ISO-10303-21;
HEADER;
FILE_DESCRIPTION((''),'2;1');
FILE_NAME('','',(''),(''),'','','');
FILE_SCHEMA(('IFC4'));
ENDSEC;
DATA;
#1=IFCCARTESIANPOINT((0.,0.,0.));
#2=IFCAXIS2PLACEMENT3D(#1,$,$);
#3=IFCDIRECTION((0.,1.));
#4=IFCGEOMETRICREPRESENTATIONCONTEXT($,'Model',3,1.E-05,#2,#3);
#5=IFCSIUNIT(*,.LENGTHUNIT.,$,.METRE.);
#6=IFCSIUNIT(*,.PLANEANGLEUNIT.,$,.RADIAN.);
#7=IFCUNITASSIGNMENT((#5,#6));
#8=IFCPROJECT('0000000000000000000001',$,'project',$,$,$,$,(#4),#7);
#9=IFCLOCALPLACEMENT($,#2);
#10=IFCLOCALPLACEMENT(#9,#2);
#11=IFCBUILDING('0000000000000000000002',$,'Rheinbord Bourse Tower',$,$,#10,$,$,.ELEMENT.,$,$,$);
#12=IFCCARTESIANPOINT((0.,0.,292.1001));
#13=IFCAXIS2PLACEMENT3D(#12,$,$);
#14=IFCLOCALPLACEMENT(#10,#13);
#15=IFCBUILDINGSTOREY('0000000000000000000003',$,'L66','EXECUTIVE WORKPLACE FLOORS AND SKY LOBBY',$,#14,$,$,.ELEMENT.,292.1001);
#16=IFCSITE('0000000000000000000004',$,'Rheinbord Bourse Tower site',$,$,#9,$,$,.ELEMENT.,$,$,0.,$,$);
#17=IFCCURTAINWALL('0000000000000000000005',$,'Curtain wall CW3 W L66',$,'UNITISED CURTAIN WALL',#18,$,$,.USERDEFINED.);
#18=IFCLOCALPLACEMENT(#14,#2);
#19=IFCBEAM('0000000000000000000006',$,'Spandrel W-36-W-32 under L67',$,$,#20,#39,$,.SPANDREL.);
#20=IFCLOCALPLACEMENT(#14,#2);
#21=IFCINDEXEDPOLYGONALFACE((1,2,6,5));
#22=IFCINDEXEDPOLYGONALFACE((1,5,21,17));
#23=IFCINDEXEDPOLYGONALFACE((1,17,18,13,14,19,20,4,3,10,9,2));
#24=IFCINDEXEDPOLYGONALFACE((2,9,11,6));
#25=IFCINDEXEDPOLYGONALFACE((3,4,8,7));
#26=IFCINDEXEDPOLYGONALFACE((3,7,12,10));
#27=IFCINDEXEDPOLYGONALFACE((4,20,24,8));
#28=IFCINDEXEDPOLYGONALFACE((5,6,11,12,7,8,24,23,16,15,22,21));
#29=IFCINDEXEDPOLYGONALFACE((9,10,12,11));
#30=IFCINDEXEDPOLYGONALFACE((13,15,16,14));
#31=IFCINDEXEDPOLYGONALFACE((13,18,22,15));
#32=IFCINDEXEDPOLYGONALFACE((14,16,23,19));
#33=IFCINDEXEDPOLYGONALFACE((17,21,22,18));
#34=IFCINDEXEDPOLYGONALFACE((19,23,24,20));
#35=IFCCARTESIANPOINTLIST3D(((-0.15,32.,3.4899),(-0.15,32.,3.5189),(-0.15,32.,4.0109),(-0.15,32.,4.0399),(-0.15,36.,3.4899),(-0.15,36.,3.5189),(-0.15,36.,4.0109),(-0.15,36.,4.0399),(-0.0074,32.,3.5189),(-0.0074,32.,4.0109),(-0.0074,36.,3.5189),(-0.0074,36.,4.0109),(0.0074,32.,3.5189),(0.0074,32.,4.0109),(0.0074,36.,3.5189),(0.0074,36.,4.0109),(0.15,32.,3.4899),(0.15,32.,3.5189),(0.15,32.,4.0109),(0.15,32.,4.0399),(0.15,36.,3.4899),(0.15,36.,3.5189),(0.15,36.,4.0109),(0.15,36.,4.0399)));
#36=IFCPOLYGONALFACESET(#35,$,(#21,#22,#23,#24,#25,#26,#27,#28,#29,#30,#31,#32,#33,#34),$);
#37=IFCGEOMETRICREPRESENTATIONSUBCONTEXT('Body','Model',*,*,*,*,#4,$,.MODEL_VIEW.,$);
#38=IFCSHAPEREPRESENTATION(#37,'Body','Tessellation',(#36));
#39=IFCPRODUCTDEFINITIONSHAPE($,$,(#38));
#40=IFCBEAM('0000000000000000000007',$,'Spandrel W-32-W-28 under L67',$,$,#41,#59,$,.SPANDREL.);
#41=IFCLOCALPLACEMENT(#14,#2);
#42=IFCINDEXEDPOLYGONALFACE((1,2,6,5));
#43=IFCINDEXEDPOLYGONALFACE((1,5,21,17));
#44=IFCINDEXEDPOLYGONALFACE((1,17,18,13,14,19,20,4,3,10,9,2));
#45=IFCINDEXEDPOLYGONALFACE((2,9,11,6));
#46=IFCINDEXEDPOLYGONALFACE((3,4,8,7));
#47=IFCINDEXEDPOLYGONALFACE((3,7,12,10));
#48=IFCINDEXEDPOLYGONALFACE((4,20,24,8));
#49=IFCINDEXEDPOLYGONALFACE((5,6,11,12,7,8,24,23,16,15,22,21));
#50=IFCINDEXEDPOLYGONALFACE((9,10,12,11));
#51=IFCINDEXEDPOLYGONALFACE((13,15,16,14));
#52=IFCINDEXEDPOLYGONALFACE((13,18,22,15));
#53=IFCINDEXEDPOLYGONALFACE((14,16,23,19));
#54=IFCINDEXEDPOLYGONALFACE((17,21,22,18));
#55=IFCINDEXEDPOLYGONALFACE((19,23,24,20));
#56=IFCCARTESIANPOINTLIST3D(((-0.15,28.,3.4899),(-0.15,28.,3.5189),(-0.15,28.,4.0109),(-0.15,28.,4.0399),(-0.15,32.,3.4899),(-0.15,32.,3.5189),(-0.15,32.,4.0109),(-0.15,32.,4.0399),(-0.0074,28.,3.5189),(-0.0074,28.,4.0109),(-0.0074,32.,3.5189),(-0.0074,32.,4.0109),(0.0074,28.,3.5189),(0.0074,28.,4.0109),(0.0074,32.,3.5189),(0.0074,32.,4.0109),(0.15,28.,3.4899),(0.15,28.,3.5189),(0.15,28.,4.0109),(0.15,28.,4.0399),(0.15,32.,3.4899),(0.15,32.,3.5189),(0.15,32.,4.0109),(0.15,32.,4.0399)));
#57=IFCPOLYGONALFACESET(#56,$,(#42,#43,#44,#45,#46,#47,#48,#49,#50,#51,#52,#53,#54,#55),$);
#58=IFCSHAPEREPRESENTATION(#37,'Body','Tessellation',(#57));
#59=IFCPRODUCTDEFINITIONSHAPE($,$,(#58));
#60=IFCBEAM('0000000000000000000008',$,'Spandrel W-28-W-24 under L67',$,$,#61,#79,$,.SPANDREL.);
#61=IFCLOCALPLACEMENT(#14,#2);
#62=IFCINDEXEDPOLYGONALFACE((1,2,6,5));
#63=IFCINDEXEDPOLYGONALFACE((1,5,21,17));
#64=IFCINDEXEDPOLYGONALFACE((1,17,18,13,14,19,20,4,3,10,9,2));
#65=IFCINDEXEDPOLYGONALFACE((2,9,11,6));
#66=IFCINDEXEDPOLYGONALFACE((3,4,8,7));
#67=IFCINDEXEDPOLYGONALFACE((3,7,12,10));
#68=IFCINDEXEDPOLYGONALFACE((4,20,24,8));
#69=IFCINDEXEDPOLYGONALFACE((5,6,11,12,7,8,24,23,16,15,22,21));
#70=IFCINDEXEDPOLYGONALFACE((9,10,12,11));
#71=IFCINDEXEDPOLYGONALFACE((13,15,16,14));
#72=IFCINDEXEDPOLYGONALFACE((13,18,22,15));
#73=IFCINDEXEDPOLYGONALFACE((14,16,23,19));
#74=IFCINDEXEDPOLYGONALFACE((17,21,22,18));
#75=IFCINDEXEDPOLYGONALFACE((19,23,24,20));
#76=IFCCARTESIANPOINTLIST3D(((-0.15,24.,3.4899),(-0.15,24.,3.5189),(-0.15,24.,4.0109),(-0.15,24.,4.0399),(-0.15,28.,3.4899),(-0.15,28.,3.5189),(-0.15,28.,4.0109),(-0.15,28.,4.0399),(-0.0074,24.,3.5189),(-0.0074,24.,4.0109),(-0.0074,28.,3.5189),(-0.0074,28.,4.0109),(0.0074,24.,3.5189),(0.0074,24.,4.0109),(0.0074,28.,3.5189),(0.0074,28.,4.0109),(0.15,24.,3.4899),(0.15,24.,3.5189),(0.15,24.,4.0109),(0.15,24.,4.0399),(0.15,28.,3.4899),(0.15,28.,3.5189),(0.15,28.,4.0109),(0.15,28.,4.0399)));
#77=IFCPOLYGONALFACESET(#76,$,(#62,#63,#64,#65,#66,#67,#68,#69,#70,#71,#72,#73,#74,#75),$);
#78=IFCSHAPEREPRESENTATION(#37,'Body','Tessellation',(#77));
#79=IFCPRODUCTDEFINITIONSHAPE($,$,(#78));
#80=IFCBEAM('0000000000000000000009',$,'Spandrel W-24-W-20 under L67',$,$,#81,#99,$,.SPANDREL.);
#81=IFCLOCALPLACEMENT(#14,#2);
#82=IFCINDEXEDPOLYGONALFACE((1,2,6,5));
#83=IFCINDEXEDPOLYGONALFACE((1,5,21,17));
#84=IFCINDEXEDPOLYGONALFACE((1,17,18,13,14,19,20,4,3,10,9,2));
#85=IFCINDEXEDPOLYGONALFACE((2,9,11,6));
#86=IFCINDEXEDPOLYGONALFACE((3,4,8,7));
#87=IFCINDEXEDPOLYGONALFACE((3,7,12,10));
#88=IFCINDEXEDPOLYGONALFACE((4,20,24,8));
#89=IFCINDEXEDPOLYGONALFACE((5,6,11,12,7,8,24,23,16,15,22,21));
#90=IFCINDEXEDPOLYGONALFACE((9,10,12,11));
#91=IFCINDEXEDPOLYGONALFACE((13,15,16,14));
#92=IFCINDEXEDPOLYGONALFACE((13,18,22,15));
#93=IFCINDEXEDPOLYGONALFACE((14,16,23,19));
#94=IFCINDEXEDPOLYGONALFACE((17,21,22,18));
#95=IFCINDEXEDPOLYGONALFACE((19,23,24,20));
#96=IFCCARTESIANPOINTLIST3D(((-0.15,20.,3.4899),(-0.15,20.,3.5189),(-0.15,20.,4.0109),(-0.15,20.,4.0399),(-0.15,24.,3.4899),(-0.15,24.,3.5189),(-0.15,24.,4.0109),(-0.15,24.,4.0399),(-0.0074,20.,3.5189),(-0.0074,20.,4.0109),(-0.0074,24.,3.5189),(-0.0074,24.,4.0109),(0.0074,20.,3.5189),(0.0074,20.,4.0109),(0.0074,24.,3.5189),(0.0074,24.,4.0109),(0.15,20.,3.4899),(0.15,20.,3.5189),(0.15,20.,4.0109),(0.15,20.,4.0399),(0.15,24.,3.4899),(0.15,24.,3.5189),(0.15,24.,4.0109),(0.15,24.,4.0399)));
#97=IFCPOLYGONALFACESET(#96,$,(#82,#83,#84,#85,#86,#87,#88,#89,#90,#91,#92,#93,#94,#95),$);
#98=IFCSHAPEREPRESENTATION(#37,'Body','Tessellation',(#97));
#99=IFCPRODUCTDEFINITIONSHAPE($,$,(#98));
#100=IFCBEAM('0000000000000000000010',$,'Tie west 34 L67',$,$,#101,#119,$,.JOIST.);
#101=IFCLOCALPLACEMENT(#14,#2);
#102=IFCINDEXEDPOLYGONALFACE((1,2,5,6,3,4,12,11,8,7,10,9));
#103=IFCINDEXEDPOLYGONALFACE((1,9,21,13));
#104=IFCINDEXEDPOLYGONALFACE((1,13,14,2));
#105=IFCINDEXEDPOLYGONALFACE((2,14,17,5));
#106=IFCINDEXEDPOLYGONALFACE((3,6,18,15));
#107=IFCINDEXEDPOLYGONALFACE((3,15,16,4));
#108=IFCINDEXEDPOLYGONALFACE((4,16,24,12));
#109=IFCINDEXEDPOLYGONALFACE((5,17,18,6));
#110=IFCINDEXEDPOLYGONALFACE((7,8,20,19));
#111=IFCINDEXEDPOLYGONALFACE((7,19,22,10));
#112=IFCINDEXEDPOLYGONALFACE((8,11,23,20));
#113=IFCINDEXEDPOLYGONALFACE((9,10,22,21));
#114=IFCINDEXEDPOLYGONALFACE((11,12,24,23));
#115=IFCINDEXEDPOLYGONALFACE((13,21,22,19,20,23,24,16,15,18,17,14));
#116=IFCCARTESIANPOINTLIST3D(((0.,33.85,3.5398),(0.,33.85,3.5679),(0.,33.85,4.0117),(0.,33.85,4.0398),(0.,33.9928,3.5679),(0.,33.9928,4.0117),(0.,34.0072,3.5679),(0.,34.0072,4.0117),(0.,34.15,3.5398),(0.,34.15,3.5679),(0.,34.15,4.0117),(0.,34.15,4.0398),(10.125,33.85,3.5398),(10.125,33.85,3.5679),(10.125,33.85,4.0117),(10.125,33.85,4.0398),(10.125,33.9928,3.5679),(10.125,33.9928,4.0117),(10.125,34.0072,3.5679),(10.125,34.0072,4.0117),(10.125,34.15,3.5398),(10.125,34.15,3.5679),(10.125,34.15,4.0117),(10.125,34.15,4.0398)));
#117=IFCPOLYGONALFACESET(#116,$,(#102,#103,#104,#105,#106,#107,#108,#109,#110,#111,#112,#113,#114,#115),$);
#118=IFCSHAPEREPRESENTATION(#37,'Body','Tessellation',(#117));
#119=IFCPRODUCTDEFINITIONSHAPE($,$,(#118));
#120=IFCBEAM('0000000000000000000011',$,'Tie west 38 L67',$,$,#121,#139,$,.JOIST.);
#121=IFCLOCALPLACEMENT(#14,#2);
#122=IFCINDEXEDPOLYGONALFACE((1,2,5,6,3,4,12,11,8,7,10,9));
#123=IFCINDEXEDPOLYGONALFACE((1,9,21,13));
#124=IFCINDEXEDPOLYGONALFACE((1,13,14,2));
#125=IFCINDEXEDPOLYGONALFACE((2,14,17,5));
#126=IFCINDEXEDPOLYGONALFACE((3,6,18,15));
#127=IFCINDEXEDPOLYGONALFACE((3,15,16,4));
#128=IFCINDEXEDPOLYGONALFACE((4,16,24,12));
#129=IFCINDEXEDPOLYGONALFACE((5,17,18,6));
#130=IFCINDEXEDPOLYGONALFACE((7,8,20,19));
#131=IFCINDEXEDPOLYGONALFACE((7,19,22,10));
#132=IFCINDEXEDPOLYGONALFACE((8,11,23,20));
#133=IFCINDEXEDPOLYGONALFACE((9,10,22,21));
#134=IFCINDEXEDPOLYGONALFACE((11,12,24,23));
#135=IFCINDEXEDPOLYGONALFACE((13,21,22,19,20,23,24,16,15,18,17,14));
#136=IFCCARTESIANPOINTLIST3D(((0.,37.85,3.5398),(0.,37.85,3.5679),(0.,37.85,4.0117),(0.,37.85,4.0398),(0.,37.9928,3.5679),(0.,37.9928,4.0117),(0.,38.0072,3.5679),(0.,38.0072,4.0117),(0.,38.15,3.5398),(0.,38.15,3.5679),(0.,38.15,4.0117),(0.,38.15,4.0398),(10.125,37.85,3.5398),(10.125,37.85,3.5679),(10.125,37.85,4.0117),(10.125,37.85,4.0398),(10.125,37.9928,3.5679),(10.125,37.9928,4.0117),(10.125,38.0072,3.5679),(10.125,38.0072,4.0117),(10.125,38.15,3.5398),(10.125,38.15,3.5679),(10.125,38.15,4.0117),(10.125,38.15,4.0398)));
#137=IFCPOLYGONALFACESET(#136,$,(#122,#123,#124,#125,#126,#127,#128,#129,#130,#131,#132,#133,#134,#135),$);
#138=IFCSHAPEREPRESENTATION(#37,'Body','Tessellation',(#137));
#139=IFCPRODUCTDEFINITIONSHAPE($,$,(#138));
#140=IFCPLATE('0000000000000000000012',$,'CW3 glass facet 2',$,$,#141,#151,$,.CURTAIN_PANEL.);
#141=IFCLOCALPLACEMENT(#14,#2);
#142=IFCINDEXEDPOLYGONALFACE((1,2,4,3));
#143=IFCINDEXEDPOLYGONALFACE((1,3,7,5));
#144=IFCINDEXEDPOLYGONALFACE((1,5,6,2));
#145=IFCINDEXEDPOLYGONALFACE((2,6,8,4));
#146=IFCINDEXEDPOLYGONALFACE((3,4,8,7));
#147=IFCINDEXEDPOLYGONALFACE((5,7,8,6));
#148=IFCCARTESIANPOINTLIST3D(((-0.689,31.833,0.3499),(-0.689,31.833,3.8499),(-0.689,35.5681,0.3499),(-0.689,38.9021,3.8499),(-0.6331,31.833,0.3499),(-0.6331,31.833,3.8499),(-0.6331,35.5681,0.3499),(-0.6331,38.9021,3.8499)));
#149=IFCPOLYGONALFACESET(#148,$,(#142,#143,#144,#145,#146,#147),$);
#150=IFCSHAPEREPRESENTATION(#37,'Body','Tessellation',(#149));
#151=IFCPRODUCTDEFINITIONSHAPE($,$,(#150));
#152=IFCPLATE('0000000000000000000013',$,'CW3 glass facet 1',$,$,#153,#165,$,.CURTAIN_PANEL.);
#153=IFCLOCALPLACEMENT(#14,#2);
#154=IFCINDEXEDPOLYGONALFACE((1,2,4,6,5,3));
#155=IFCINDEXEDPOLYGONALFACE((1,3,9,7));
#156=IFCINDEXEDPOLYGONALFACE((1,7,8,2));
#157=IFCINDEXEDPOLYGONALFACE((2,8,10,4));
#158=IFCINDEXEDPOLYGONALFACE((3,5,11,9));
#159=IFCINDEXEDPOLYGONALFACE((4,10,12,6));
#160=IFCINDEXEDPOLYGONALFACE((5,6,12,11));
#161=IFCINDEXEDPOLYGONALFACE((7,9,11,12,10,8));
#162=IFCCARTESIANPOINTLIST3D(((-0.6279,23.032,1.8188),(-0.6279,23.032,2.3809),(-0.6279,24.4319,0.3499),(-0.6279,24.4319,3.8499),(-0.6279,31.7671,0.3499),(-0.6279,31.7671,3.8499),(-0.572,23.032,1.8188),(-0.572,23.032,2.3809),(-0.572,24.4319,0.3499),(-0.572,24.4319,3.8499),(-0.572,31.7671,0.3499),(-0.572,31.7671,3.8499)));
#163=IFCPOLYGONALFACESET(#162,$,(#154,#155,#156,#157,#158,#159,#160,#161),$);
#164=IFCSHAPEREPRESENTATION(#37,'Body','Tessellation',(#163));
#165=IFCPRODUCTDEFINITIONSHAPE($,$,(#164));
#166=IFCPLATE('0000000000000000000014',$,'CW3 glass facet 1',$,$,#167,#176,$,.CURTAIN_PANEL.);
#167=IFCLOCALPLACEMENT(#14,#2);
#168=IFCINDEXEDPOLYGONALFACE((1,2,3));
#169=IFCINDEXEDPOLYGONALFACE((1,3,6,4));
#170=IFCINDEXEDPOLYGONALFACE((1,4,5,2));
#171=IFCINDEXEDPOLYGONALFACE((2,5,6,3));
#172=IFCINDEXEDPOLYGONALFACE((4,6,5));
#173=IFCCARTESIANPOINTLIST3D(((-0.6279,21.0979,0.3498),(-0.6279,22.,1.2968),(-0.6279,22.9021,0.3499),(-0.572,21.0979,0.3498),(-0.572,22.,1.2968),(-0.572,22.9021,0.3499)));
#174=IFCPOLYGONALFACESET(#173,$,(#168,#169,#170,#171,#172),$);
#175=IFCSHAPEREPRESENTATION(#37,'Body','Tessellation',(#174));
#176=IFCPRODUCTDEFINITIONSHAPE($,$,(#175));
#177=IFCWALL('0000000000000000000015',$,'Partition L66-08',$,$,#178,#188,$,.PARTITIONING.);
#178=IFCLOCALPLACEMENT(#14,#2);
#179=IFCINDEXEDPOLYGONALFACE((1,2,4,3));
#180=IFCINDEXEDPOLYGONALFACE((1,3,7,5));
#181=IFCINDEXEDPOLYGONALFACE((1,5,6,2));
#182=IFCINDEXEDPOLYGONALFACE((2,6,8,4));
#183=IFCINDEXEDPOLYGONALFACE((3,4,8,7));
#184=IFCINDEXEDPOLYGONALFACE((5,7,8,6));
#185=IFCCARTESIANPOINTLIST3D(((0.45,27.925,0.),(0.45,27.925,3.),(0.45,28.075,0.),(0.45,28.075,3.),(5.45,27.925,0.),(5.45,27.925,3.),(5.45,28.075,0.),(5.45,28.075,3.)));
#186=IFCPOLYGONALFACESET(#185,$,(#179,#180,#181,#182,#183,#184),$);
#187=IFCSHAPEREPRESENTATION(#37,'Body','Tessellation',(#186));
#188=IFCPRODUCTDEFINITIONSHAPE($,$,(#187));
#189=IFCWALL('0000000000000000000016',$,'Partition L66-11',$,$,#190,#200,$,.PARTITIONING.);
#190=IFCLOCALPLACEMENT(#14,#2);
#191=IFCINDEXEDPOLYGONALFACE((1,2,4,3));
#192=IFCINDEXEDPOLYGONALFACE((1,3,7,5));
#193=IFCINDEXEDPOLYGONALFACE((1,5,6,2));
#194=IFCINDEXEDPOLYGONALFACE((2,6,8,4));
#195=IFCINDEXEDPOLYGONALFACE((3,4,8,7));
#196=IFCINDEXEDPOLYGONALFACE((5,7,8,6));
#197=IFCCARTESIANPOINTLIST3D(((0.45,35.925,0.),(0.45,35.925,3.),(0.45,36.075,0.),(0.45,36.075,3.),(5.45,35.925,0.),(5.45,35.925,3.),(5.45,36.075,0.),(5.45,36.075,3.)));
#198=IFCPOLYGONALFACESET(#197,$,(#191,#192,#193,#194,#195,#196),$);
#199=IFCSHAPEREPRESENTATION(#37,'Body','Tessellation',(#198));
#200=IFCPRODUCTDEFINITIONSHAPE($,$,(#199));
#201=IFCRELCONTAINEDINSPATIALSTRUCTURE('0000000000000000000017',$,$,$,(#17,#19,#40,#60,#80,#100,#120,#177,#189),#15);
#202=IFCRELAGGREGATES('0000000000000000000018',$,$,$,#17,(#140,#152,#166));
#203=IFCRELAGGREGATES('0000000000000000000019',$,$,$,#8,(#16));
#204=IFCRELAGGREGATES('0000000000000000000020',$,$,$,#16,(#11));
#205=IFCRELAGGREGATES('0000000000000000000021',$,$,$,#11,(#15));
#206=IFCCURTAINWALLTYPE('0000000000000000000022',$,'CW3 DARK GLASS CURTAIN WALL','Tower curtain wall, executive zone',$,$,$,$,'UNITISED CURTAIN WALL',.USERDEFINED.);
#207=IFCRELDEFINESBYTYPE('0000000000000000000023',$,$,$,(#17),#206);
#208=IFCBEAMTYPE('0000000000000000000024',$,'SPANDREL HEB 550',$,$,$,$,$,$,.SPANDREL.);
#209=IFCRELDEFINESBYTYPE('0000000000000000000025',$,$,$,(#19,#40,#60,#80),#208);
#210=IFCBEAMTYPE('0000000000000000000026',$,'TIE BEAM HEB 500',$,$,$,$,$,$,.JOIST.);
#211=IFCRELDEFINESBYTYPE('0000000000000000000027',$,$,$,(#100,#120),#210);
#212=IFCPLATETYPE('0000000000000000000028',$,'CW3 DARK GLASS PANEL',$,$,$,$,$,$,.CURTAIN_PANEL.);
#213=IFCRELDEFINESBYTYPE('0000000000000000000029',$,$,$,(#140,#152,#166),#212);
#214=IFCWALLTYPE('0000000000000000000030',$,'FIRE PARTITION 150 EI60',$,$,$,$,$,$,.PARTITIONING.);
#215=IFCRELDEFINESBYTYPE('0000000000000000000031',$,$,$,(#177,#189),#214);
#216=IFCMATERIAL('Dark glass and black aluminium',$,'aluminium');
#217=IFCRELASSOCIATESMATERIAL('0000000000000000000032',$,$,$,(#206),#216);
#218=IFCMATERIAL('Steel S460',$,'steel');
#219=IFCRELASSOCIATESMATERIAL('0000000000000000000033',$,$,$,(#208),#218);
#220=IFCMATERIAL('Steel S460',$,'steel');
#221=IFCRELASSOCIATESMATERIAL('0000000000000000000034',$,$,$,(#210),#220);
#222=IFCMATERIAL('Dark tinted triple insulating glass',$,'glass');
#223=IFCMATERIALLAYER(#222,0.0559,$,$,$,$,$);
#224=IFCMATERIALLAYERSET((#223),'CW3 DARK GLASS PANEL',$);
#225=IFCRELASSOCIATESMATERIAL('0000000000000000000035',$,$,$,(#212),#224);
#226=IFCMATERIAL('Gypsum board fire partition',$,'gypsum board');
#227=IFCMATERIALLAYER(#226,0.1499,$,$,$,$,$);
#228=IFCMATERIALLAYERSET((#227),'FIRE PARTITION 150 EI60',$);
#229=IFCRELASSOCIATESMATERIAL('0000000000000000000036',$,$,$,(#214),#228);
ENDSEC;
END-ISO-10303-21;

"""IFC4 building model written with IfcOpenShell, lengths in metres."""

from ifc_helpers import new_model, si_unit, direction, frame, frame_2d, origin, origin_2d, place, context, subcontext, project, spatial, polyline, rectangle, i_section, outline, extrude, material, layer, layer_set, material_profile, profile_set, type_object, element, aggregate, save


model = new_model("IFC4")

# Units and contexts
model_context = context("Model", 3, precision=1e-05, world=origin(), true_north=direction((0.0, 1.0)))
body_context = subcontext(model_context, "Body", "Model", "MODEL_VIEW")
ifc_project = project(units=[si_unit("LENGTHUNIT", "METRE"), si_unit("PLANEANGLEUNIT", "RADIAN")], contexts=[model_context])

# Site, building, storey
site_placement = place(None, origin())
site = spatial("IfcSite", under=ifc_project, at=site_placement, Name="Rheinbord Bourse Tower site", CompositionType="ELEMENT", RefElevation=0.0)
building_placement = place(site_placement, origin())
building = spatial("IfcBuilding", under=site, at=building_placement, Name="Rheinbord Bourse Tower", CompositionType="ELEMENT")
storey_placement = place(building_placement, frame((0.0, 0.0, 292.1001)))
storey = spatial("IfcBuildingStorey", under=building, at=storey_placement, Name="L66", Description="EXECUTIVE WORKPLACE FLOORS AND SKY LOBBY", CompositionType="ELEMENT", Elevation=292.1001)

# Curtain wall
ifc_material_1 = material(Name="Dark glass and black aluminium", Category="aluminium")
curtain_wall_type = type_object("IfcCurtainWallType", Name="CW3 DARK GLASS CURTAIN WALL", Description="Tower curtain wall, executive zone", ElementType="UNITISED CURTAIN WALL", PredefinedType="USERDEFINED", material=ifc_material_1)
curtain_wall_placement = place(storey_placement, origin())
curtain_wall = element("IfcCurtainWall", 1, at=curtain_wall_placement, inside=storey, type_object=curtain_wall_type, Name="Curtain wall CW3 W L66", ObjectType="UNITISED CURTAIN WALL", PredefinedType="USERDEFINED")

# Beams
ifc_material_2 = material(Name="Steel S460", Category="steel")
ifc_material_profile_1 = material_profile(ifc_material_2, i_section(OverallWidth=0.3, OverallDepth=0.55, WebThickness=0.0149, FlangeThickness=0.0291, at=origin_2d()), Name="HEB 550")
ifc_profile_set_1 = profile_set([ifc_material_profile_1], Name="Steel S460")
beam_type_1 = type_object("IfcBeamType", Name="SPANDREL HEB 550", PredefinedType="SPANDREL", material=ifc_profile_set_1)
for number, where, z_axis, x_axis, name in (
    (2, (0.0, 36.0, 3.7649), (0.0, -1.0, 0.0), (1.0, 0.0, 0.0), "Spandrel W-36-W-32 under L67"),
    (3, (0.0, 32.0, 3.7649), (0.0, -1.0, 0.0), (1.0, 0.0, 0.0), "Spandrel W-32-W-28 under L67"),
    (4, (0.0, 28.0, 3.7649), (0.0, -1.0, 0.0), (1.0, 0.0, 0.0), "Spandrel W-28-W-24 under L67"),
    (5, (0.0, 24.0, 3.7649), (0.0, -1.0, 0.0), (1.0, 0.0, 0.0), "Spandrel W-24-W-20 under L67"),
):
    element("IfcBeam", number, at=place(storey_placement, frame(where, z_axis=z_axis, x_axis=x_axis)), inside=storey, type_object=beam_type_1, Name=name, PredefinedType="SPANDREL", context=body_context, shape_type="SweptSolid", body=[
        extrude(i_section(OverallWidth=0.3, OverallDepth=0.55, WebThickness=0.0149, FlangeThickness=0.0291, at=origin_2d()), origin(), (0.0, 0.0, 1.0), 4.0),
    ])
ifc_material_3 = material(Name="Steel S460", Category="steel")
ifc_material_profile_2 = material_profile(ifc_material_3, i_section(OverallWidth=0.3, OverallDepth=0.5, WebThickness=0.0144, FlangeThickness=0.0281, at=origin_2d()), Name="HEB 500")
ifc_profile_set_2 = profile_set([ifc_material_profile_2], Name="Steel S460")
beam_type_2 = type_object("IfcBeamType", Name="TIE BEAM HEB 500", PredefinedType="JOIST", material=ifc_profile_set_2)
for number, where, z_axis, x_axis, name in (
    (6, (0.0, 34.0, 3.7898), (1.0, 0.0, 0.0), (0.0, 1.0, 0.0), "Tie west 34 L67"),
    (7, (0.0, 38.0, 3.7898), (1.0, 0.0, 0.0), (0.0, 1.0, 0.0), "Tie west 38 L67"),
):
    element("IfcBeam", number, at=place(storey_placement, frame(where, z_axis=z_axis, x_axis=x_axis)), inside=storey, type_object=beam_type_2, Name=name, PredefinedType="JOIST", context=body_context, shape_type="SweptSolid", body=[
        extrude(i_section(OverallWidth=0.3, OverallDepth=0.5, WebThickness=0.0144, FlangeThickness=0.0281, at=origin_2d()), origin(), (0.0, 0.0, 1.0), 10.125),
    ])

# Plates
ifc_material_4 = material(Name="Dark tinted triple insulating glass", Category="glass")
ifc_layer_1 = layer(ifc_material_4, 0.0559)
ifc_layer_set_1 = layer_set([ifc_layer_1], Name="CW3 DARK GLASS PANEL")
plate_type = type_object("IfcPlateType", Name="CW3 DARK GLASS PANEL", PredefinedType="CURTAIN_PANEL", material=ifc_layer_set_1)
plate_1_placement = place(storey_placement, frame((-0.689, 31.833, 3.8499), z_axis=(1.0, 0.0, 0.0), x_axis=(0.0, 0.0, -1.0)))
plate_1 = element("IfcPlate", 8, at=plate_1_placement, type_object=plate_type, Name="CW3 glass facet 2", PredefinedType="CURTAIN_PANEL", context=body_context, shape_type="SweptSolid", body=[
    extrude(outline(polyline([(0.0, 0.0), (3.5, 0.0), (3.5, 3.7351), (0.0, 7.0691), (0.0, 0.0)])), origin(), (0.0, 0.0, 1.0), 0.0559),
])
plate_2_placement = place(storey_placement, frame((-0.6279, 31.7671, 0.3499), z_axis=(1.0, 0.0, 0.0), x_axis=(0.0, 0.0, 1.0)))
plate_2 = element("IfcPlate", 9, at=plate_2_placement, type_object=plate_type, Name="CW3 glass facet 1", PredefinedType="CURTAIN_PANEL", context=body_context, shape_type="SweptSolid", body=[
    extrude(outline(polyline([(0.0, 0.0), (3.5, 0.0), (3.5, 7.3352), (2.031, 8.7351), (1.469, 8.7351), (0.0, 7.3352), (0.0, 0.0)])), origin(), (0.0, 0.0, 1.0), 0.0559),
])
plate_3_placement = place(storey_placement, frame((-0.6279, 22.9021, 0.3499), z_axis=(1.0, 0.0, 0.0), x_axis=(0.0, -0.689725, 0.724071)))
plate_3 = element("IfcPlate", 10, at=plate_3_placement, type_object=plate_type, Name="CW3 glass facet 1", PredefinedType="CURTAIN_PANEL", context=body_context, shape_type="SweptSolid", body=[
    extrude(outline(polyline([(0.0, 0.0), (1.3079, 0.0), (1.2444, 1.3064), (0.0, 0.0)])), origin(), (0.0, 0.0, 1.0), 0.0559),
])
aggregate(curtain_wall, [plate_1, plate_2, plate_3])

# Walls
ifc_material_5 = material(Name="Gypsum board fire partition", Category="gypsum board")
ifc_layer_2 = layer(ifc_material_5, 0.1499)
ifc_layer_set_2 = layer_set([ifc_layer_2], Name="FIRE PARTITION 150 EI60")
wall_type = type_object("IfcWallType", Name="FIRE PARTITION 150 EI60", PredefinedType="PARTITIONING", material=ifc_layer_set_2)
for number, where, z_axis, x_axis, name in (
    (11, (0.45, 28.0, 0.0), (0.0, 0.0, 1.0), (1.0, 0.0, 0.0), "Partition L66-08"),
    (12, (0.45, 36.0, 0.0), (0.0, 0.0, 1.0), (1.0, 0.0, 0.0), "Partition L66-11"),
):
    element("IfcWall", number, at=place(storey_placement, frame(where, z_axis=z_axis, x_axis=x_axis)), inside=storey, type_object=wall_type, Name=name, PredefinedType="PARTITIONING", context=body_context, shape_type="SweptSolid", body=[
        extrude(rectangle(XDim=5.0, YDim=0.1499, at=frame_2d((2.5, 0.0))), origin(), (0.0, 0.0, 1.0), 3.0),
    ])

save(model, "model.ifc")
